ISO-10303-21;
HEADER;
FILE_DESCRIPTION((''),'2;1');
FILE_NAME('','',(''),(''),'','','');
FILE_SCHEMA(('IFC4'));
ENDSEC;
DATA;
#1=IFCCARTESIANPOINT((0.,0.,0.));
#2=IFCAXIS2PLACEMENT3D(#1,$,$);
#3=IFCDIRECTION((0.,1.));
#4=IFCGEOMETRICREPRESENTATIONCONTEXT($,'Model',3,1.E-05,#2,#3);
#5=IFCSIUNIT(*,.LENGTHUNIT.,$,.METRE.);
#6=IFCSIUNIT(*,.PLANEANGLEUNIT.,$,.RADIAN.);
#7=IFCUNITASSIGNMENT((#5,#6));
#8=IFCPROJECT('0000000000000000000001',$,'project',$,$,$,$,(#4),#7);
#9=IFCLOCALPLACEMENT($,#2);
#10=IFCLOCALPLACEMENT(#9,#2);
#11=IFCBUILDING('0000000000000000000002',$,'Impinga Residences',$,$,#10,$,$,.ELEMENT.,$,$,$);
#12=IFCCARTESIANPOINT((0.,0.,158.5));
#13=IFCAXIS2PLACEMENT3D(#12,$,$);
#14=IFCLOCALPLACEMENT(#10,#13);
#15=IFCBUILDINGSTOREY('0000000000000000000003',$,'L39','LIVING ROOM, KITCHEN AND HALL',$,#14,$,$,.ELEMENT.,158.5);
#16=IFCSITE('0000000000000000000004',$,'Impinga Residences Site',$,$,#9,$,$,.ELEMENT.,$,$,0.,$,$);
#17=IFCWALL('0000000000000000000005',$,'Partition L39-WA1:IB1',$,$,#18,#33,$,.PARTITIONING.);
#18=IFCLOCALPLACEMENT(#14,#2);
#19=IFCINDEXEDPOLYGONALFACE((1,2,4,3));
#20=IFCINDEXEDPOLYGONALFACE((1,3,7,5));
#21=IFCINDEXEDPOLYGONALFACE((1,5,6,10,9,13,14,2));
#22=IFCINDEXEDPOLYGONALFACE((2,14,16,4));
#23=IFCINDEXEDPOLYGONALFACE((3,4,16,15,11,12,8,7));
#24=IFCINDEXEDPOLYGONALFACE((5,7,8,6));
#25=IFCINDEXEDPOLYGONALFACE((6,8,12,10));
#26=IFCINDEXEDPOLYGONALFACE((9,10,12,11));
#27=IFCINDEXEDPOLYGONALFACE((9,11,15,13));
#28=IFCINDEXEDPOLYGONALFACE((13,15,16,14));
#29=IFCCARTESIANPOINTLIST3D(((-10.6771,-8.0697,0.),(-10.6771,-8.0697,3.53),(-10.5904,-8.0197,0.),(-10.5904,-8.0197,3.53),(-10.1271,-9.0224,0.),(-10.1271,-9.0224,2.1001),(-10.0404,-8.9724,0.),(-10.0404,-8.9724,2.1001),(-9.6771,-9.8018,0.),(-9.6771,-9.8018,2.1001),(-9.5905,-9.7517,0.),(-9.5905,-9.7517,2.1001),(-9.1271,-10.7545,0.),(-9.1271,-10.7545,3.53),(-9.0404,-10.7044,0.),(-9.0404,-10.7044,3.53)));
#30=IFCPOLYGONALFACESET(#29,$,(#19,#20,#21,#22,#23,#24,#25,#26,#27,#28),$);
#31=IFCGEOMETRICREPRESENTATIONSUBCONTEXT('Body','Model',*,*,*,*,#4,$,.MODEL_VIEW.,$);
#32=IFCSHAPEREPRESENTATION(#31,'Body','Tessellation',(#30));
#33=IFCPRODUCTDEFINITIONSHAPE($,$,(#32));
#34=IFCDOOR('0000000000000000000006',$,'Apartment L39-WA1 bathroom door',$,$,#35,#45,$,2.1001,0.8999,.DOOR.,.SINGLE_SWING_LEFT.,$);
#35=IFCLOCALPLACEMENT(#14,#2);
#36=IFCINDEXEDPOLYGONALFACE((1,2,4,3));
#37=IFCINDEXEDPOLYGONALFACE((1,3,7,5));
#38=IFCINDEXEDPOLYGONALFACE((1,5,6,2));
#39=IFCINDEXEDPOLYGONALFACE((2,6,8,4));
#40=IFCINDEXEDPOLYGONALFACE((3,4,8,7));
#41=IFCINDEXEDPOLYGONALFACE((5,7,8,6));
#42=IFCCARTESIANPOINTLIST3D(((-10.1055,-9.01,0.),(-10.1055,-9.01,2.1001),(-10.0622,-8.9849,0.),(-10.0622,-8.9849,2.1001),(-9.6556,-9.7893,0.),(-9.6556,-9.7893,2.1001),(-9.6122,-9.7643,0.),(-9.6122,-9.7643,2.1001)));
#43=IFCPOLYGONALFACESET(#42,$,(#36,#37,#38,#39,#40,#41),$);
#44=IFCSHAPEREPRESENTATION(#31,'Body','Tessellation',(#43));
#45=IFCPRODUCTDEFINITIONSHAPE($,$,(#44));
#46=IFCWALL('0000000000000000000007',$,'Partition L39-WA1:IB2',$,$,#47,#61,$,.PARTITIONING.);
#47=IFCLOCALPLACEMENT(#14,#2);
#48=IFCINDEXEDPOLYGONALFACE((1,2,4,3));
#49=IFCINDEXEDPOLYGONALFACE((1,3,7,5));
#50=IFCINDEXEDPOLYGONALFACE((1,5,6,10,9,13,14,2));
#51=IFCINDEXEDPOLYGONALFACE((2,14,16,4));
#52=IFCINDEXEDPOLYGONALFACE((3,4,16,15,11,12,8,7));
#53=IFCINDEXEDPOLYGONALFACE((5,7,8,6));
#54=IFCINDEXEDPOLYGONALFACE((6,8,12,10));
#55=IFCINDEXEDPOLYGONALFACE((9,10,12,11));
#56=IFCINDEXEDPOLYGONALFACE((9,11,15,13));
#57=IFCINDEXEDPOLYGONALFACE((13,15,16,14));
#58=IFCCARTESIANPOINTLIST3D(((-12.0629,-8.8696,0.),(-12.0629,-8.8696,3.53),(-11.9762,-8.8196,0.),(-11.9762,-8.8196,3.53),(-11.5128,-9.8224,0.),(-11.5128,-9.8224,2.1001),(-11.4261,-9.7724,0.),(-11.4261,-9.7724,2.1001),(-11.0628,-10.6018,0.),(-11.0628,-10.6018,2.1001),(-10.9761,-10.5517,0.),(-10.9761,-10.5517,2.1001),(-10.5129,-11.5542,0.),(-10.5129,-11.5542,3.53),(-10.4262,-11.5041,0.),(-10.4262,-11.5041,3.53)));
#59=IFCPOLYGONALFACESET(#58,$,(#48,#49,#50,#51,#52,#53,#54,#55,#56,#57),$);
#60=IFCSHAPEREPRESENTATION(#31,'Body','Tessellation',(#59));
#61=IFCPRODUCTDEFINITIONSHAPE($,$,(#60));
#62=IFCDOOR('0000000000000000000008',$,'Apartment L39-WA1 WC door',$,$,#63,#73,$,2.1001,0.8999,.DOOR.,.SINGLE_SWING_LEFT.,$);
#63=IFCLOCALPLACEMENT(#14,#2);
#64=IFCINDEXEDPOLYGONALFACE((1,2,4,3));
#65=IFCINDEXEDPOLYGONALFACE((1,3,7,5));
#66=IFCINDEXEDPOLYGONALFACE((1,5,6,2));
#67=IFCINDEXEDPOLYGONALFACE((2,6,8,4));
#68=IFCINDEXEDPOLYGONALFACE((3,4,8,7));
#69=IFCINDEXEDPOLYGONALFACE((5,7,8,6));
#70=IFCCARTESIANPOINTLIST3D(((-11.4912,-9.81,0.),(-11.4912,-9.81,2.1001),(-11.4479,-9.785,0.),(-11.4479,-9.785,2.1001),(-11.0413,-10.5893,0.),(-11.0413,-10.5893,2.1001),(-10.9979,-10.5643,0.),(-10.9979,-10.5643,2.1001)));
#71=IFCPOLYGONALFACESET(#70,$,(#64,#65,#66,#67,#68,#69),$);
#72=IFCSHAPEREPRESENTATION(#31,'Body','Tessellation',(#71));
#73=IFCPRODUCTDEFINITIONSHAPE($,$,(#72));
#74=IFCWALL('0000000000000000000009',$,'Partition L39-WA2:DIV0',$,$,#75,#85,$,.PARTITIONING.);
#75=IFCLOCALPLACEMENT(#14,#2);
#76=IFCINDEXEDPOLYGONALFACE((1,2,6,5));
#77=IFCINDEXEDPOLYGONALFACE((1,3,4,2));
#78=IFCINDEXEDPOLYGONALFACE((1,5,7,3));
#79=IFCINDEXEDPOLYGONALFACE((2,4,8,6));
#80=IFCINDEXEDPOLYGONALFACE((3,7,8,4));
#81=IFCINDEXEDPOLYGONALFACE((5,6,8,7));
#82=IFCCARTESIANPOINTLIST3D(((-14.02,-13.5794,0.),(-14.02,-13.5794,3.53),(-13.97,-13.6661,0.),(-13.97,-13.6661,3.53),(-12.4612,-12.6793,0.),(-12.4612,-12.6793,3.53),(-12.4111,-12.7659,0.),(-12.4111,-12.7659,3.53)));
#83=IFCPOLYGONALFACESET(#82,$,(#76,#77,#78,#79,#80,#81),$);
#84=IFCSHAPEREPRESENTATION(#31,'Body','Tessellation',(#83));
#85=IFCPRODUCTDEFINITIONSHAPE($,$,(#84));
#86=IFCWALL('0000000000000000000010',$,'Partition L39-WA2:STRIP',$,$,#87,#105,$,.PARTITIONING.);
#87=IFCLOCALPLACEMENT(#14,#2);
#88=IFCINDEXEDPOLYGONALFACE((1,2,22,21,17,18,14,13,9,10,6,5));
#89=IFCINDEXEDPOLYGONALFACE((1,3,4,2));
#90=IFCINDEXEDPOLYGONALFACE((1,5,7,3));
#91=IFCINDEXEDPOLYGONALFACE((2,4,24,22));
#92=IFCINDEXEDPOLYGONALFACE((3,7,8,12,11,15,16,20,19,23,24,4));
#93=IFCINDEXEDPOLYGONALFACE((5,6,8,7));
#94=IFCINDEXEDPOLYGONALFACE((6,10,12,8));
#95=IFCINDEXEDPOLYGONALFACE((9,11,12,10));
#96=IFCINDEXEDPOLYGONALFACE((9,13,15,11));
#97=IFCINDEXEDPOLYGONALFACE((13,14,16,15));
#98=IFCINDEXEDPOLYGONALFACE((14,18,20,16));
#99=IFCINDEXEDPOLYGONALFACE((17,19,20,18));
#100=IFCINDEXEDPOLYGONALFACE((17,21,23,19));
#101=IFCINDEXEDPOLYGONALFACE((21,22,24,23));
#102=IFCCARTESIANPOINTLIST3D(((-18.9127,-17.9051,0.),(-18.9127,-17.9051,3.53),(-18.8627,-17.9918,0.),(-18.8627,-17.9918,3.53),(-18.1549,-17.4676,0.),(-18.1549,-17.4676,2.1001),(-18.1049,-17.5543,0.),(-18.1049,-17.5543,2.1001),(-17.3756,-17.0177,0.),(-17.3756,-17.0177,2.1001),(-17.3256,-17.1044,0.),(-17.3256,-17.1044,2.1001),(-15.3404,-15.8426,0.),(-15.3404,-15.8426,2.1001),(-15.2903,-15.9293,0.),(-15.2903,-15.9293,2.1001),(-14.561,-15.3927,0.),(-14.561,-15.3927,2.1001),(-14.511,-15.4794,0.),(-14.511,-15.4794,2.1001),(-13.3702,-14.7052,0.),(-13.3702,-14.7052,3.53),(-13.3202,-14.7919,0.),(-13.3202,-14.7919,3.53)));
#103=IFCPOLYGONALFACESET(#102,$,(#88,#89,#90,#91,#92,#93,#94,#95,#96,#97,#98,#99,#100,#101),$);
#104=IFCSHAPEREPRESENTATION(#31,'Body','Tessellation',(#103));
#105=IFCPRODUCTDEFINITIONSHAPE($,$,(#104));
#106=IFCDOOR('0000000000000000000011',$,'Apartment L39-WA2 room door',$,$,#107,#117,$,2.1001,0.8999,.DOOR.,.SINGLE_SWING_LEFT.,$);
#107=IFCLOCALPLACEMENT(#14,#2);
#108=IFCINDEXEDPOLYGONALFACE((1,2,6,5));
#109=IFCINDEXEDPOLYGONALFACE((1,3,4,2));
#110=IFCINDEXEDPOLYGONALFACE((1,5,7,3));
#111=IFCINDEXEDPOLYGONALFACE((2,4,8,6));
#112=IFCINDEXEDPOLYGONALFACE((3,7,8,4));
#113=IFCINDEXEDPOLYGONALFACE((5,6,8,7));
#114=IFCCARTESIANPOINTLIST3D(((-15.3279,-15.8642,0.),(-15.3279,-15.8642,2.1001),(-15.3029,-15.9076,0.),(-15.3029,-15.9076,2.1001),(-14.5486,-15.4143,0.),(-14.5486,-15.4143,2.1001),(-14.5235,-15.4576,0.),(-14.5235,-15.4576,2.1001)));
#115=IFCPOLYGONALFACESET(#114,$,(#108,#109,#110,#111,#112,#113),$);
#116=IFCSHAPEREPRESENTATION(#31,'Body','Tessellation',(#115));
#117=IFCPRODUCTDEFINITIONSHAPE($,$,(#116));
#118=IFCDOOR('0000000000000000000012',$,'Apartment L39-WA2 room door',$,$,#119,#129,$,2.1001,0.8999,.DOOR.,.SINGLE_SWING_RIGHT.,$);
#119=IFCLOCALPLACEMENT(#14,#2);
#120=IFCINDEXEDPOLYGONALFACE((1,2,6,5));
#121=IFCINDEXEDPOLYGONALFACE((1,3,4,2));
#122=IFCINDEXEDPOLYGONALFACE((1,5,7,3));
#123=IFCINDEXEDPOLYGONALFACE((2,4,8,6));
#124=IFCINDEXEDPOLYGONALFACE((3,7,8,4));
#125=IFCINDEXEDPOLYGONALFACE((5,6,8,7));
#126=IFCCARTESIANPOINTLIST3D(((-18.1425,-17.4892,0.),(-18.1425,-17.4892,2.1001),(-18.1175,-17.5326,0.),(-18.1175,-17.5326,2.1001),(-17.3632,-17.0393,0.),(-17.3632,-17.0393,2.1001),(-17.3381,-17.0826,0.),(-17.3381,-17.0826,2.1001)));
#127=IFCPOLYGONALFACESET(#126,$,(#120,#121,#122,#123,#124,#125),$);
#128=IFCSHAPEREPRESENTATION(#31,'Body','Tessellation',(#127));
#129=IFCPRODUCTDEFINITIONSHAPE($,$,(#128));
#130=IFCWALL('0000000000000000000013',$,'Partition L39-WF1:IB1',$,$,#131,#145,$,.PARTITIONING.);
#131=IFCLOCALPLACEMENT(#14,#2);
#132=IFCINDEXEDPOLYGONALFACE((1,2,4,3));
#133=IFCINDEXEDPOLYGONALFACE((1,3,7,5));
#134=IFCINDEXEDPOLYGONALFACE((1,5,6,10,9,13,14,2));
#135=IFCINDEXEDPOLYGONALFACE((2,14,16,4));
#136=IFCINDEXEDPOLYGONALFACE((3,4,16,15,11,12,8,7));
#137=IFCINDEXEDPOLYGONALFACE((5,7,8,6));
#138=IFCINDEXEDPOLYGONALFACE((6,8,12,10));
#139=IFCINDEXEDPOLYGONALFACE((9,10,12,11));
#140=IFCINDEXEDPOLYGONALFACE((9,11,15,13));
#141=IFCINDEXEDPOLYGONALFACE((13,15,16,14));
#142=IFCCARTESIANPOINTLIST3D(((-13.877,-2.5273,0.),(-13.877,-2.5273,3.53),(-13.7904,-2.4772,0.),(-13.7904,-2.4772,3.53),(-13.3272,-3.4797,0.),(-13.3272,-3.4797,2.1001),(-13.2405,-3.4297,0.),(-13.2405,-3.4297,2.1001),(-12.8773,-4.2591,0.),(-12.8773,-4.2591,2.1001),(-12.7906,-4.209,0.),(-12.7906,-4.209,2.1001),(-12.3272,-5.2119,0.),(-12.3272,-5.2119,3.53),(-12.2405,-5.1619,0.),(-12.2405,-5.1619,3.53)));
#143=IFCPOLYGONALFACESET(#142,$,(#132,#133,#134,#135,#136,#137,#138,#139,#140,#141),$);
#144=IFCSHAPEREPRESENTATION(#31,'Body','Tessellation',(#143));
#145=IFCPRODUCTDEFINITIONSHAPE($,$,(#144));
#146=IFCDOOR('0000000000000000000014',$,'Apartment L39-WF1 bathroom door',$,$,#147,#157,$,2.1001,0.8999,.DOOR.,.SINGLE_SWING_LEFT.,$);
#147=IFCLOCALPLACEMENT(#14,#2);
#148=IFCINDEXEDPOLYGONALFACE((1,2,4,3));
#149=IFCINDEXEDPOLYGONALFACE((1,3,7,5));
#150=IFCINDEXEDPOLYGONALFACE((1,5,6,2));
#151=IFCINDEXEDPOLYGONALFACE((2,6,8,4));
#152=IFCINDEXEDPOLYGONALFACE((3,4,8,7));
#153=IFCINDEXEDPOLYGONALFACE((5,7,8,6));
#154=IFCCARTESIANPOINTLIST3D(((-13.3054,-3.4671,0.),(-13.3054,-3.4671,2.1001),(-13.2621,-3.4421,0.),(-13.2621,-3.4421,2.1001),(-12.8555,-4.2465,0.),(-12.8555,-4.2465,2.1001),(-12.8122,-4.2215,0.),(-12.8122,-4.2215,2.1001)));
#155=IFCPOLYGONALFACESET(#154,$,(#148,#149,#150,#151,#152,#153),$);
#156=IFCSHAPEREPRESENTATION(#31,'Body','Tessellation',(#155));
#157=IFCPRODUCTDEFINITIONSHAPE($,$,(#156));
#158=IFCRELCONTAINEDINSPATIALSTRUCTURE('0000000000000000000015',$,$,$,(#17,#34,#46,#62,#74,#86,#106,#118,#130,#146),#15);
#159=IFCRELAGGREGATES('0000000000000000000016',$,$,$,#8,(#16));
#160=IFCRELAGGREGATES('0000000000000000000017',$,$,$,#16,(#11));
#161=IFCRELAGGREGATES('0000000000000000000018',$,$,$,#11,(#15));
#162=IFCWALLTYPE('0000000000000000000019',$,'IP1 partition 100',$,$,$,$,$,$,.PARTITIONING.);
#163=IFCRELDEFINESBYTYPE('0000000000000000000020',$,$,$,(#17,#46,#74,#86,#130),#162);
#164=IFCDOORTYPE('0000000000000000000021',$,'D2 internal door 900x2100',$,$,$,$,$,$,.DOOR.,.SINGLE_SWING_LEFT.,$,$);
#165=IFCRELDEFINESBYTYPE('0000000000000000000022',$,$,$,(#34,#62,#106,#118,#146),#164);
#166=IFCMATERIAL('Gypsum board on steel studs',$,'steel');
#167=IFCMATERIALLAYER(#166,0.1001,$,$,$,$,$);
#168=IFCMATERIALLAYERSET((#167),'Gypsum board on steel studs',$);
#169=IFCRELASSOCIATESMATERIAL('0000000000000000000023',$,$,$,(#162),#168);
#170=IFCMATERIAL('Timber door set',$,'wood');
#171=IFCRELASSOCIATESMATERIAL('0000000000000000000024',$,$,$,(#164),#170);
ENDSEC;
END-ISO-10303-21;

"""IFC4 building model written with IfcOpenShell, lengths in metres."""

from ifc_helpers import new_model, si_unit, direction, frame, frame_2d, origin, place, context, subcontext, project, spatial, rectangle, extrude, material, layer, layer_set, type_object, element, fill, save


model = new_model("IFC4")

# Units and contexts
model_context = context("Model", 3, precision=1e-05, world=origin(), true_north=direction((0.0, 1.0)))
body_context = subcontext(model_context, "Body", "Model", "MODEL_VIEW")
ifc_project = project(units=[si_unit("LENGTHUNIT", "METRE"), si_unit("PLANEANGLEUNIT", "RADIAN")], contexts=[model_context])

# Site, building, storey
site_placement = place(None, origin())
site = spatial("IfcSite", under=ifc_project, at=site_placement, Name="Impinga Residences Site", CompositionType="ELEMENT", RefElevation=0.0)
building_placement = place(site_placement, origin())
building = spatial("IfcBuilding", under=site, at=building_placement, Name="Impinga Residences", CompositionType="ELEMENT")
storey_placement = place(building_placement, frame((0.0, 0.0, 158.5)))
storey = spatial("IfcBuildingStorey", under=building, at=storey_placement, Name="L39", Description="LIVING ROOM, KITCHEN AND HALL", CompositionType="ELEMENT", Elevation=158.5)

# Shared definitions
ifc_material_1 = material(Name="Timber door set", Category="wood")

# Shared definitions
ifc_material_2 = material(Name="Gypsum board on steel studs", Category="steel")
ifc_layer_1 = layer(ifc_material_2, 0.1001)
ifc_layer_set_1 = layer_set([ifc_layer_1], Name="Gypsum board on steel studs")
wall_type_1 = type_object("IfcWallType", Name="IP1 partition 100", PredefinedType="PARTITIONING", material=ifc_layer_set_1)

# Walls, openings, doors
wall_1_placement = place(storey_placement, frame((-10.6338, -8.0447, 0.0), z_axis=(0.0, 0.0, 1.0), x_axis=(0.499993, -0.86603, 0.0)))
wall_1 = element("IfcWall", 1, at=wall_1_placement, inside=storey, type_object=wall_type_1, Name="Partition L39-WA1:IB1", PredefinedType="PARTITIONING", context=body_context, shape_type="SweptSolid", body=[
    extrude(rectangle(XDim=3.1001, YDim=0.1001, at=frame_2d((1.55, 0.0))), origin(), (0.0, 0.0, 1.0), 3.53),
])
opening_1_placement = place(wall_1_placement, frame((1.1001, 0.0, 0.0)))
opening_1 = element("IfcOpeningElement", 2, at=opening_1_placement, cuts=wall_1, PredefinedType="OPENING", context=body_context, shape_type="SweptSolid", body=[
    extrude(rectangle(XDim=0.8999, YDim=2.1001, at=frame_2d((0.45, 1.05))), frame((0.0, 0.0601, 0.0), z_axis=(0.0, -1.0, 0.0), x_axis=(1.0, 0.0, 0.0)), (0.0, 0.0, 1.0), 0.1201),
])
door_type_1 = type_object("IfcDoorType", Name="D2 internal door 900x2100", OperationType="SINGLE_SWING_LEFT", PredefinedType="DOOR", material=ifc_material_1)
door_1_placement = place(opening_1_placement, origin())
door_1 = element("IfcDoor", 3, at=door_1_placement, inside=storey, type_object=door_type_1, Name="Apartment L39-WA1 bathroom door", OperationType="SINGLE_SWING_LEFT", OverallHeight=2.1001, OverallWidth=0.8999, PredefinedType="DOOR", context=body_context, shape_type="SweptSolid", body=[
    extrude(rectangle(XDim=0.8999, YDim=2.1001, at=frame_2d((0.45, 1.05))), frame((0.0, 0.0249, 0.0), z_axis=(0.0, -1.0, 0.0), x_axis=(1.0, 0.0, 0.0)), (0.0, 0.0, 1.0), 0.05),
])
fill(opening_1, door_1)
wall_2_placement = place(storey_placement, frame((-12.0195, -8.8447, 0.0), z_axis=(0.0, 0.0, 1.0), x_axis=(0.500027, -0.86601, 0.0)))
wall_2 = element("IfcWall", 4, at=wall_2_placement, inside=storey, type_object=wall_type_1, Name="Partition L39-WA1:IB2", PredefinedType="PARTITIONING", context=body_context, shape_type="SweptSolid", body=[
    extrude(rectangle(XDim=3.0999, YDim=0.1001, at=frame_2d((1.5498, 0.0))), origin(), (0.0, 0.0, 1.0), 3.53),
])
opening_2_placement = place(wall_2_placement, frame((1.1001, 0.0, 0.0)))
opening_2 = element("IfcOpeningElement", 5, at=opening_2_placement, cuts=wall_2, PredefinedType="OPENING", context=body_context, shape_type="SweptSolid", body=[
    extrude(rectangle(XDim=0.8999, YDim=2.1001, at=frame_2d((0.45, 1.05))), frame((0.0, 0.0601, 0.0), z_axis=(0.0, -1.0, 0.0), x_axis=(1.0, 0.0, 0.0)), (0.0, 0.0, 1.0), 0.1201),
])
door_2_placement = place(opening_2_placement, origin())
door_2 = element("IfcDoor", 6, at=door_2_placement, inside=storey, type_object=door_type_1, Name="Apartment L39-WA1 WC door", OperationType="SINGLE_SWING_LEFT", OverallHeight=2.1001, OverallWidth=0.8999, PredefinedType="DOOR", context=body_context, shape_type="SweptSolid", body=[
    extrude(rectangle(XDim=0.8999, YDim=2.1001, at=frame_2d((0.45, 1.05))), frame((0.0, 0.0249, 0.0), z_axis=(0.0, -1.0, 0.0), x_axis=(1.0, 0.0, 0.0)), (0.0, 0.0, 1.0), 0.05),
])
fill(opening_2, door_2)

# Wall
wall_3_placement = place(storey_placement, frame((-12.4363, -12.7227, 0.0), z_axis=(0.0, 0.0, 1.0), x_axis=(-0.865989, -0.500063, 0.0)))
element("IfcWall", 7, at=wall_3_placement, inside=storey, type_object=wall_type_1, Name="Partition L39-WA2:DIV0", PredefinedType="PARTITIONING", context=body_context, shape_type="SweptSolid", body=[
    extrude(rectangle(XDim=1.8, YDim=0.1001, at=frame_2d((0.8999, 0.0))), origin(), (0.0, 0.0, 1.0), 3.53),
])

# Wall, openings, doors
wall_4_placement = place(storey_placement, frame((-13.3452, -14.7485, 0.0), z_axis=(0.0, 0.0, 1.0), x_axis=(-0.866025, -0.5, 0.0)))
wall_4 = element("IfcWall", 8, at=wall_4_placement, inside=storey, type_object=wall_type_1, Name="Partition L39-WA2:STRIP", PredefinedType="PARTITIONING", context=body_context, shape_type="SweptSolid", body=[
    extrude(rectangle(XDim=6.3999, YDim=0.1001, at=frame_2d((3.2, 0.0))), origin(), (0.0, 0.0, 1.0), 3.53),
])
opening_3_placement = place(wall_4_placement, frame((1.375, 0.0, 0.0)))
opening_3 = element("IfcOpeningElement", 9, at=opening_3_placement, cuts=wall_4, PredefinedType="OPENING", context=body_context, shape_type="SweptSolid", body=[
    extrude(rectangle(XDim=0.8999, YDim=2.1001, at=frame_2d((0.45, 1.05))), frame((0.0, 0.0601, 0.0), z_axis=(0.0, -1.0, 0.0), x_axis=(1.0, 0.0, 0.0)), (0.0, 0.0, 1.0), 0.1201),
])
opening_4_placement = place(wall_4_placement, frame((4.625, 0.0, 0.0)))
opening_4 = element("IfcOpeningElement", 10, at=opening_4_placement, cuts=wall_4, PredefinedType="OPENING", context=body_context, shape_type="SweptSolid", body=[
    extrude(rectangle(XDim=0.8999, YDim=2.1001, at=frame_2d((0.45, 1.05))), frame((0.0, 0.0601, 0.0), z_axis=(0.0, -1.0, 0.0), x_axis=(1.0, 0.0, 0.0)), (0.0, 0.0, 1.0), 0.1201),
])
door_3_placement = place(opening_3_placement, origin())
door_3 = element("IfcDoor", 11, at=door_3_placement, inside=storey, type_object=door_type_1, Name="Apartment L39-WA2 room door", OperationType="SINGLE_SWING_LEFT", OverallHeight=2.1001, OverallWidth=0.8999, PredefinedType="DOOR", context=body_context, shape_type="SweptSolid", body=[
    extrude(rectangle(XDim=0.8999, YDim=2.1001, at=frame_2d((0.45, 1.05))), frame((0.0, 0.0249, 0.0), z_axis=(0.0, -1.0, 0.0), x_axis=(1.0, 0.0, 0.0)), (0.0, 0.0, 1.0), 0.05),
])
fill(opening_3, door_3)
door_4_placement = place(opening_4_placement, origin())
door_4 = element("IfcDoor", 12, at=door_4_placement, inside=storey, type_object=door_type_1, Name="Apartment L39-WA2 room door", OperationType="SINGLE_SWING_RIGHT", OverallHeight=2.1001, OverallWidth=0.8999, PredefinedType="DOOR", context=body_context, shape_type="SweptSolid", body=[
    extrude(rectangle(XDim=0.8999, YDim=2.1001, at=frame_2d((0.45, 1.05))), frame((0.0, 0.0249, 0.0), z_axis=(0.0, -1.0, 0.0), x_axis=(1.0, 0.0, 0.0)), (0.0, 0.0, 1.0), 0.05),
])
fill(opening_4, door_4)

# Wall, opening, door
wall_5_placement = place(storey_placement, frame((-12.2839, -5.1868, 0.0), z_axis=(0.0, 0.0, 1.0), x_axis=(-0.499968, 0.866044, 0.0)))
wall_5 = element("IfcWall", 13, at=wall_5_placement, inside=storey, type_object=wall_type_1, Name="Partition L39-WF1:IB1", PredefinedType="PARTITIONING", context=body_context, shape_type="SweptSolid", body=[
    extrude(rectangle(XDim=3.0999, YDim=0.1001, at=frame_2d((1.5498, 0.0))), origin(), (0.0, 0.0, 1.0), 3.53),
])
opening_5_placement = place(wall_5_placement, frame((1.1001, 0.0, 0.0)))
opening_5 = element("IfcOpeningElement", 14, at=opening_5_placement, cuts=wall_5, PredefinedType="OPENING", context=body_context, shape_type="SweptSolid", body=[
    extrude(rectangle(XDim=0.8999, YDim=2.1001, at=frame_2d((0.45, 1.05))), frame((0.0, 0.0601, 0.0), z_axis=(0.0, -1.0, 0.0), x_axis=(1.0, 0.0, 0.0)), (0.0, 0.0, 1.0), 0.1201),
])
door_5_placement = place(opening_5_placement, origin())
door_5 = element("IfcDoor", 15, at=door_5_placement, inside=storey, type_object=door_type_1, Name="Apartment L39-WF1 bathroom door", OperationType="SINGLE_SWING_LEFT", OverallHeight=2.1001, OverallWidth=0.8999, PredefinedType="DOOR", context=body_context, shape_type="SweptSolid", body=[
    extrude(rectangle(XDim=0.8999, YDim=2.1001, at=frame_2d((0.45, 1.05))), frame((0.0, 0.0249, 0.0), z_axis=(0.0, -1.0, 0.0), x_axis=(1.0, 0.0, 0.0)), (0.0, 0.0, 1.0), 0.05),
])
fill(opening_5, door_5)

save(model, "model.ifc")
